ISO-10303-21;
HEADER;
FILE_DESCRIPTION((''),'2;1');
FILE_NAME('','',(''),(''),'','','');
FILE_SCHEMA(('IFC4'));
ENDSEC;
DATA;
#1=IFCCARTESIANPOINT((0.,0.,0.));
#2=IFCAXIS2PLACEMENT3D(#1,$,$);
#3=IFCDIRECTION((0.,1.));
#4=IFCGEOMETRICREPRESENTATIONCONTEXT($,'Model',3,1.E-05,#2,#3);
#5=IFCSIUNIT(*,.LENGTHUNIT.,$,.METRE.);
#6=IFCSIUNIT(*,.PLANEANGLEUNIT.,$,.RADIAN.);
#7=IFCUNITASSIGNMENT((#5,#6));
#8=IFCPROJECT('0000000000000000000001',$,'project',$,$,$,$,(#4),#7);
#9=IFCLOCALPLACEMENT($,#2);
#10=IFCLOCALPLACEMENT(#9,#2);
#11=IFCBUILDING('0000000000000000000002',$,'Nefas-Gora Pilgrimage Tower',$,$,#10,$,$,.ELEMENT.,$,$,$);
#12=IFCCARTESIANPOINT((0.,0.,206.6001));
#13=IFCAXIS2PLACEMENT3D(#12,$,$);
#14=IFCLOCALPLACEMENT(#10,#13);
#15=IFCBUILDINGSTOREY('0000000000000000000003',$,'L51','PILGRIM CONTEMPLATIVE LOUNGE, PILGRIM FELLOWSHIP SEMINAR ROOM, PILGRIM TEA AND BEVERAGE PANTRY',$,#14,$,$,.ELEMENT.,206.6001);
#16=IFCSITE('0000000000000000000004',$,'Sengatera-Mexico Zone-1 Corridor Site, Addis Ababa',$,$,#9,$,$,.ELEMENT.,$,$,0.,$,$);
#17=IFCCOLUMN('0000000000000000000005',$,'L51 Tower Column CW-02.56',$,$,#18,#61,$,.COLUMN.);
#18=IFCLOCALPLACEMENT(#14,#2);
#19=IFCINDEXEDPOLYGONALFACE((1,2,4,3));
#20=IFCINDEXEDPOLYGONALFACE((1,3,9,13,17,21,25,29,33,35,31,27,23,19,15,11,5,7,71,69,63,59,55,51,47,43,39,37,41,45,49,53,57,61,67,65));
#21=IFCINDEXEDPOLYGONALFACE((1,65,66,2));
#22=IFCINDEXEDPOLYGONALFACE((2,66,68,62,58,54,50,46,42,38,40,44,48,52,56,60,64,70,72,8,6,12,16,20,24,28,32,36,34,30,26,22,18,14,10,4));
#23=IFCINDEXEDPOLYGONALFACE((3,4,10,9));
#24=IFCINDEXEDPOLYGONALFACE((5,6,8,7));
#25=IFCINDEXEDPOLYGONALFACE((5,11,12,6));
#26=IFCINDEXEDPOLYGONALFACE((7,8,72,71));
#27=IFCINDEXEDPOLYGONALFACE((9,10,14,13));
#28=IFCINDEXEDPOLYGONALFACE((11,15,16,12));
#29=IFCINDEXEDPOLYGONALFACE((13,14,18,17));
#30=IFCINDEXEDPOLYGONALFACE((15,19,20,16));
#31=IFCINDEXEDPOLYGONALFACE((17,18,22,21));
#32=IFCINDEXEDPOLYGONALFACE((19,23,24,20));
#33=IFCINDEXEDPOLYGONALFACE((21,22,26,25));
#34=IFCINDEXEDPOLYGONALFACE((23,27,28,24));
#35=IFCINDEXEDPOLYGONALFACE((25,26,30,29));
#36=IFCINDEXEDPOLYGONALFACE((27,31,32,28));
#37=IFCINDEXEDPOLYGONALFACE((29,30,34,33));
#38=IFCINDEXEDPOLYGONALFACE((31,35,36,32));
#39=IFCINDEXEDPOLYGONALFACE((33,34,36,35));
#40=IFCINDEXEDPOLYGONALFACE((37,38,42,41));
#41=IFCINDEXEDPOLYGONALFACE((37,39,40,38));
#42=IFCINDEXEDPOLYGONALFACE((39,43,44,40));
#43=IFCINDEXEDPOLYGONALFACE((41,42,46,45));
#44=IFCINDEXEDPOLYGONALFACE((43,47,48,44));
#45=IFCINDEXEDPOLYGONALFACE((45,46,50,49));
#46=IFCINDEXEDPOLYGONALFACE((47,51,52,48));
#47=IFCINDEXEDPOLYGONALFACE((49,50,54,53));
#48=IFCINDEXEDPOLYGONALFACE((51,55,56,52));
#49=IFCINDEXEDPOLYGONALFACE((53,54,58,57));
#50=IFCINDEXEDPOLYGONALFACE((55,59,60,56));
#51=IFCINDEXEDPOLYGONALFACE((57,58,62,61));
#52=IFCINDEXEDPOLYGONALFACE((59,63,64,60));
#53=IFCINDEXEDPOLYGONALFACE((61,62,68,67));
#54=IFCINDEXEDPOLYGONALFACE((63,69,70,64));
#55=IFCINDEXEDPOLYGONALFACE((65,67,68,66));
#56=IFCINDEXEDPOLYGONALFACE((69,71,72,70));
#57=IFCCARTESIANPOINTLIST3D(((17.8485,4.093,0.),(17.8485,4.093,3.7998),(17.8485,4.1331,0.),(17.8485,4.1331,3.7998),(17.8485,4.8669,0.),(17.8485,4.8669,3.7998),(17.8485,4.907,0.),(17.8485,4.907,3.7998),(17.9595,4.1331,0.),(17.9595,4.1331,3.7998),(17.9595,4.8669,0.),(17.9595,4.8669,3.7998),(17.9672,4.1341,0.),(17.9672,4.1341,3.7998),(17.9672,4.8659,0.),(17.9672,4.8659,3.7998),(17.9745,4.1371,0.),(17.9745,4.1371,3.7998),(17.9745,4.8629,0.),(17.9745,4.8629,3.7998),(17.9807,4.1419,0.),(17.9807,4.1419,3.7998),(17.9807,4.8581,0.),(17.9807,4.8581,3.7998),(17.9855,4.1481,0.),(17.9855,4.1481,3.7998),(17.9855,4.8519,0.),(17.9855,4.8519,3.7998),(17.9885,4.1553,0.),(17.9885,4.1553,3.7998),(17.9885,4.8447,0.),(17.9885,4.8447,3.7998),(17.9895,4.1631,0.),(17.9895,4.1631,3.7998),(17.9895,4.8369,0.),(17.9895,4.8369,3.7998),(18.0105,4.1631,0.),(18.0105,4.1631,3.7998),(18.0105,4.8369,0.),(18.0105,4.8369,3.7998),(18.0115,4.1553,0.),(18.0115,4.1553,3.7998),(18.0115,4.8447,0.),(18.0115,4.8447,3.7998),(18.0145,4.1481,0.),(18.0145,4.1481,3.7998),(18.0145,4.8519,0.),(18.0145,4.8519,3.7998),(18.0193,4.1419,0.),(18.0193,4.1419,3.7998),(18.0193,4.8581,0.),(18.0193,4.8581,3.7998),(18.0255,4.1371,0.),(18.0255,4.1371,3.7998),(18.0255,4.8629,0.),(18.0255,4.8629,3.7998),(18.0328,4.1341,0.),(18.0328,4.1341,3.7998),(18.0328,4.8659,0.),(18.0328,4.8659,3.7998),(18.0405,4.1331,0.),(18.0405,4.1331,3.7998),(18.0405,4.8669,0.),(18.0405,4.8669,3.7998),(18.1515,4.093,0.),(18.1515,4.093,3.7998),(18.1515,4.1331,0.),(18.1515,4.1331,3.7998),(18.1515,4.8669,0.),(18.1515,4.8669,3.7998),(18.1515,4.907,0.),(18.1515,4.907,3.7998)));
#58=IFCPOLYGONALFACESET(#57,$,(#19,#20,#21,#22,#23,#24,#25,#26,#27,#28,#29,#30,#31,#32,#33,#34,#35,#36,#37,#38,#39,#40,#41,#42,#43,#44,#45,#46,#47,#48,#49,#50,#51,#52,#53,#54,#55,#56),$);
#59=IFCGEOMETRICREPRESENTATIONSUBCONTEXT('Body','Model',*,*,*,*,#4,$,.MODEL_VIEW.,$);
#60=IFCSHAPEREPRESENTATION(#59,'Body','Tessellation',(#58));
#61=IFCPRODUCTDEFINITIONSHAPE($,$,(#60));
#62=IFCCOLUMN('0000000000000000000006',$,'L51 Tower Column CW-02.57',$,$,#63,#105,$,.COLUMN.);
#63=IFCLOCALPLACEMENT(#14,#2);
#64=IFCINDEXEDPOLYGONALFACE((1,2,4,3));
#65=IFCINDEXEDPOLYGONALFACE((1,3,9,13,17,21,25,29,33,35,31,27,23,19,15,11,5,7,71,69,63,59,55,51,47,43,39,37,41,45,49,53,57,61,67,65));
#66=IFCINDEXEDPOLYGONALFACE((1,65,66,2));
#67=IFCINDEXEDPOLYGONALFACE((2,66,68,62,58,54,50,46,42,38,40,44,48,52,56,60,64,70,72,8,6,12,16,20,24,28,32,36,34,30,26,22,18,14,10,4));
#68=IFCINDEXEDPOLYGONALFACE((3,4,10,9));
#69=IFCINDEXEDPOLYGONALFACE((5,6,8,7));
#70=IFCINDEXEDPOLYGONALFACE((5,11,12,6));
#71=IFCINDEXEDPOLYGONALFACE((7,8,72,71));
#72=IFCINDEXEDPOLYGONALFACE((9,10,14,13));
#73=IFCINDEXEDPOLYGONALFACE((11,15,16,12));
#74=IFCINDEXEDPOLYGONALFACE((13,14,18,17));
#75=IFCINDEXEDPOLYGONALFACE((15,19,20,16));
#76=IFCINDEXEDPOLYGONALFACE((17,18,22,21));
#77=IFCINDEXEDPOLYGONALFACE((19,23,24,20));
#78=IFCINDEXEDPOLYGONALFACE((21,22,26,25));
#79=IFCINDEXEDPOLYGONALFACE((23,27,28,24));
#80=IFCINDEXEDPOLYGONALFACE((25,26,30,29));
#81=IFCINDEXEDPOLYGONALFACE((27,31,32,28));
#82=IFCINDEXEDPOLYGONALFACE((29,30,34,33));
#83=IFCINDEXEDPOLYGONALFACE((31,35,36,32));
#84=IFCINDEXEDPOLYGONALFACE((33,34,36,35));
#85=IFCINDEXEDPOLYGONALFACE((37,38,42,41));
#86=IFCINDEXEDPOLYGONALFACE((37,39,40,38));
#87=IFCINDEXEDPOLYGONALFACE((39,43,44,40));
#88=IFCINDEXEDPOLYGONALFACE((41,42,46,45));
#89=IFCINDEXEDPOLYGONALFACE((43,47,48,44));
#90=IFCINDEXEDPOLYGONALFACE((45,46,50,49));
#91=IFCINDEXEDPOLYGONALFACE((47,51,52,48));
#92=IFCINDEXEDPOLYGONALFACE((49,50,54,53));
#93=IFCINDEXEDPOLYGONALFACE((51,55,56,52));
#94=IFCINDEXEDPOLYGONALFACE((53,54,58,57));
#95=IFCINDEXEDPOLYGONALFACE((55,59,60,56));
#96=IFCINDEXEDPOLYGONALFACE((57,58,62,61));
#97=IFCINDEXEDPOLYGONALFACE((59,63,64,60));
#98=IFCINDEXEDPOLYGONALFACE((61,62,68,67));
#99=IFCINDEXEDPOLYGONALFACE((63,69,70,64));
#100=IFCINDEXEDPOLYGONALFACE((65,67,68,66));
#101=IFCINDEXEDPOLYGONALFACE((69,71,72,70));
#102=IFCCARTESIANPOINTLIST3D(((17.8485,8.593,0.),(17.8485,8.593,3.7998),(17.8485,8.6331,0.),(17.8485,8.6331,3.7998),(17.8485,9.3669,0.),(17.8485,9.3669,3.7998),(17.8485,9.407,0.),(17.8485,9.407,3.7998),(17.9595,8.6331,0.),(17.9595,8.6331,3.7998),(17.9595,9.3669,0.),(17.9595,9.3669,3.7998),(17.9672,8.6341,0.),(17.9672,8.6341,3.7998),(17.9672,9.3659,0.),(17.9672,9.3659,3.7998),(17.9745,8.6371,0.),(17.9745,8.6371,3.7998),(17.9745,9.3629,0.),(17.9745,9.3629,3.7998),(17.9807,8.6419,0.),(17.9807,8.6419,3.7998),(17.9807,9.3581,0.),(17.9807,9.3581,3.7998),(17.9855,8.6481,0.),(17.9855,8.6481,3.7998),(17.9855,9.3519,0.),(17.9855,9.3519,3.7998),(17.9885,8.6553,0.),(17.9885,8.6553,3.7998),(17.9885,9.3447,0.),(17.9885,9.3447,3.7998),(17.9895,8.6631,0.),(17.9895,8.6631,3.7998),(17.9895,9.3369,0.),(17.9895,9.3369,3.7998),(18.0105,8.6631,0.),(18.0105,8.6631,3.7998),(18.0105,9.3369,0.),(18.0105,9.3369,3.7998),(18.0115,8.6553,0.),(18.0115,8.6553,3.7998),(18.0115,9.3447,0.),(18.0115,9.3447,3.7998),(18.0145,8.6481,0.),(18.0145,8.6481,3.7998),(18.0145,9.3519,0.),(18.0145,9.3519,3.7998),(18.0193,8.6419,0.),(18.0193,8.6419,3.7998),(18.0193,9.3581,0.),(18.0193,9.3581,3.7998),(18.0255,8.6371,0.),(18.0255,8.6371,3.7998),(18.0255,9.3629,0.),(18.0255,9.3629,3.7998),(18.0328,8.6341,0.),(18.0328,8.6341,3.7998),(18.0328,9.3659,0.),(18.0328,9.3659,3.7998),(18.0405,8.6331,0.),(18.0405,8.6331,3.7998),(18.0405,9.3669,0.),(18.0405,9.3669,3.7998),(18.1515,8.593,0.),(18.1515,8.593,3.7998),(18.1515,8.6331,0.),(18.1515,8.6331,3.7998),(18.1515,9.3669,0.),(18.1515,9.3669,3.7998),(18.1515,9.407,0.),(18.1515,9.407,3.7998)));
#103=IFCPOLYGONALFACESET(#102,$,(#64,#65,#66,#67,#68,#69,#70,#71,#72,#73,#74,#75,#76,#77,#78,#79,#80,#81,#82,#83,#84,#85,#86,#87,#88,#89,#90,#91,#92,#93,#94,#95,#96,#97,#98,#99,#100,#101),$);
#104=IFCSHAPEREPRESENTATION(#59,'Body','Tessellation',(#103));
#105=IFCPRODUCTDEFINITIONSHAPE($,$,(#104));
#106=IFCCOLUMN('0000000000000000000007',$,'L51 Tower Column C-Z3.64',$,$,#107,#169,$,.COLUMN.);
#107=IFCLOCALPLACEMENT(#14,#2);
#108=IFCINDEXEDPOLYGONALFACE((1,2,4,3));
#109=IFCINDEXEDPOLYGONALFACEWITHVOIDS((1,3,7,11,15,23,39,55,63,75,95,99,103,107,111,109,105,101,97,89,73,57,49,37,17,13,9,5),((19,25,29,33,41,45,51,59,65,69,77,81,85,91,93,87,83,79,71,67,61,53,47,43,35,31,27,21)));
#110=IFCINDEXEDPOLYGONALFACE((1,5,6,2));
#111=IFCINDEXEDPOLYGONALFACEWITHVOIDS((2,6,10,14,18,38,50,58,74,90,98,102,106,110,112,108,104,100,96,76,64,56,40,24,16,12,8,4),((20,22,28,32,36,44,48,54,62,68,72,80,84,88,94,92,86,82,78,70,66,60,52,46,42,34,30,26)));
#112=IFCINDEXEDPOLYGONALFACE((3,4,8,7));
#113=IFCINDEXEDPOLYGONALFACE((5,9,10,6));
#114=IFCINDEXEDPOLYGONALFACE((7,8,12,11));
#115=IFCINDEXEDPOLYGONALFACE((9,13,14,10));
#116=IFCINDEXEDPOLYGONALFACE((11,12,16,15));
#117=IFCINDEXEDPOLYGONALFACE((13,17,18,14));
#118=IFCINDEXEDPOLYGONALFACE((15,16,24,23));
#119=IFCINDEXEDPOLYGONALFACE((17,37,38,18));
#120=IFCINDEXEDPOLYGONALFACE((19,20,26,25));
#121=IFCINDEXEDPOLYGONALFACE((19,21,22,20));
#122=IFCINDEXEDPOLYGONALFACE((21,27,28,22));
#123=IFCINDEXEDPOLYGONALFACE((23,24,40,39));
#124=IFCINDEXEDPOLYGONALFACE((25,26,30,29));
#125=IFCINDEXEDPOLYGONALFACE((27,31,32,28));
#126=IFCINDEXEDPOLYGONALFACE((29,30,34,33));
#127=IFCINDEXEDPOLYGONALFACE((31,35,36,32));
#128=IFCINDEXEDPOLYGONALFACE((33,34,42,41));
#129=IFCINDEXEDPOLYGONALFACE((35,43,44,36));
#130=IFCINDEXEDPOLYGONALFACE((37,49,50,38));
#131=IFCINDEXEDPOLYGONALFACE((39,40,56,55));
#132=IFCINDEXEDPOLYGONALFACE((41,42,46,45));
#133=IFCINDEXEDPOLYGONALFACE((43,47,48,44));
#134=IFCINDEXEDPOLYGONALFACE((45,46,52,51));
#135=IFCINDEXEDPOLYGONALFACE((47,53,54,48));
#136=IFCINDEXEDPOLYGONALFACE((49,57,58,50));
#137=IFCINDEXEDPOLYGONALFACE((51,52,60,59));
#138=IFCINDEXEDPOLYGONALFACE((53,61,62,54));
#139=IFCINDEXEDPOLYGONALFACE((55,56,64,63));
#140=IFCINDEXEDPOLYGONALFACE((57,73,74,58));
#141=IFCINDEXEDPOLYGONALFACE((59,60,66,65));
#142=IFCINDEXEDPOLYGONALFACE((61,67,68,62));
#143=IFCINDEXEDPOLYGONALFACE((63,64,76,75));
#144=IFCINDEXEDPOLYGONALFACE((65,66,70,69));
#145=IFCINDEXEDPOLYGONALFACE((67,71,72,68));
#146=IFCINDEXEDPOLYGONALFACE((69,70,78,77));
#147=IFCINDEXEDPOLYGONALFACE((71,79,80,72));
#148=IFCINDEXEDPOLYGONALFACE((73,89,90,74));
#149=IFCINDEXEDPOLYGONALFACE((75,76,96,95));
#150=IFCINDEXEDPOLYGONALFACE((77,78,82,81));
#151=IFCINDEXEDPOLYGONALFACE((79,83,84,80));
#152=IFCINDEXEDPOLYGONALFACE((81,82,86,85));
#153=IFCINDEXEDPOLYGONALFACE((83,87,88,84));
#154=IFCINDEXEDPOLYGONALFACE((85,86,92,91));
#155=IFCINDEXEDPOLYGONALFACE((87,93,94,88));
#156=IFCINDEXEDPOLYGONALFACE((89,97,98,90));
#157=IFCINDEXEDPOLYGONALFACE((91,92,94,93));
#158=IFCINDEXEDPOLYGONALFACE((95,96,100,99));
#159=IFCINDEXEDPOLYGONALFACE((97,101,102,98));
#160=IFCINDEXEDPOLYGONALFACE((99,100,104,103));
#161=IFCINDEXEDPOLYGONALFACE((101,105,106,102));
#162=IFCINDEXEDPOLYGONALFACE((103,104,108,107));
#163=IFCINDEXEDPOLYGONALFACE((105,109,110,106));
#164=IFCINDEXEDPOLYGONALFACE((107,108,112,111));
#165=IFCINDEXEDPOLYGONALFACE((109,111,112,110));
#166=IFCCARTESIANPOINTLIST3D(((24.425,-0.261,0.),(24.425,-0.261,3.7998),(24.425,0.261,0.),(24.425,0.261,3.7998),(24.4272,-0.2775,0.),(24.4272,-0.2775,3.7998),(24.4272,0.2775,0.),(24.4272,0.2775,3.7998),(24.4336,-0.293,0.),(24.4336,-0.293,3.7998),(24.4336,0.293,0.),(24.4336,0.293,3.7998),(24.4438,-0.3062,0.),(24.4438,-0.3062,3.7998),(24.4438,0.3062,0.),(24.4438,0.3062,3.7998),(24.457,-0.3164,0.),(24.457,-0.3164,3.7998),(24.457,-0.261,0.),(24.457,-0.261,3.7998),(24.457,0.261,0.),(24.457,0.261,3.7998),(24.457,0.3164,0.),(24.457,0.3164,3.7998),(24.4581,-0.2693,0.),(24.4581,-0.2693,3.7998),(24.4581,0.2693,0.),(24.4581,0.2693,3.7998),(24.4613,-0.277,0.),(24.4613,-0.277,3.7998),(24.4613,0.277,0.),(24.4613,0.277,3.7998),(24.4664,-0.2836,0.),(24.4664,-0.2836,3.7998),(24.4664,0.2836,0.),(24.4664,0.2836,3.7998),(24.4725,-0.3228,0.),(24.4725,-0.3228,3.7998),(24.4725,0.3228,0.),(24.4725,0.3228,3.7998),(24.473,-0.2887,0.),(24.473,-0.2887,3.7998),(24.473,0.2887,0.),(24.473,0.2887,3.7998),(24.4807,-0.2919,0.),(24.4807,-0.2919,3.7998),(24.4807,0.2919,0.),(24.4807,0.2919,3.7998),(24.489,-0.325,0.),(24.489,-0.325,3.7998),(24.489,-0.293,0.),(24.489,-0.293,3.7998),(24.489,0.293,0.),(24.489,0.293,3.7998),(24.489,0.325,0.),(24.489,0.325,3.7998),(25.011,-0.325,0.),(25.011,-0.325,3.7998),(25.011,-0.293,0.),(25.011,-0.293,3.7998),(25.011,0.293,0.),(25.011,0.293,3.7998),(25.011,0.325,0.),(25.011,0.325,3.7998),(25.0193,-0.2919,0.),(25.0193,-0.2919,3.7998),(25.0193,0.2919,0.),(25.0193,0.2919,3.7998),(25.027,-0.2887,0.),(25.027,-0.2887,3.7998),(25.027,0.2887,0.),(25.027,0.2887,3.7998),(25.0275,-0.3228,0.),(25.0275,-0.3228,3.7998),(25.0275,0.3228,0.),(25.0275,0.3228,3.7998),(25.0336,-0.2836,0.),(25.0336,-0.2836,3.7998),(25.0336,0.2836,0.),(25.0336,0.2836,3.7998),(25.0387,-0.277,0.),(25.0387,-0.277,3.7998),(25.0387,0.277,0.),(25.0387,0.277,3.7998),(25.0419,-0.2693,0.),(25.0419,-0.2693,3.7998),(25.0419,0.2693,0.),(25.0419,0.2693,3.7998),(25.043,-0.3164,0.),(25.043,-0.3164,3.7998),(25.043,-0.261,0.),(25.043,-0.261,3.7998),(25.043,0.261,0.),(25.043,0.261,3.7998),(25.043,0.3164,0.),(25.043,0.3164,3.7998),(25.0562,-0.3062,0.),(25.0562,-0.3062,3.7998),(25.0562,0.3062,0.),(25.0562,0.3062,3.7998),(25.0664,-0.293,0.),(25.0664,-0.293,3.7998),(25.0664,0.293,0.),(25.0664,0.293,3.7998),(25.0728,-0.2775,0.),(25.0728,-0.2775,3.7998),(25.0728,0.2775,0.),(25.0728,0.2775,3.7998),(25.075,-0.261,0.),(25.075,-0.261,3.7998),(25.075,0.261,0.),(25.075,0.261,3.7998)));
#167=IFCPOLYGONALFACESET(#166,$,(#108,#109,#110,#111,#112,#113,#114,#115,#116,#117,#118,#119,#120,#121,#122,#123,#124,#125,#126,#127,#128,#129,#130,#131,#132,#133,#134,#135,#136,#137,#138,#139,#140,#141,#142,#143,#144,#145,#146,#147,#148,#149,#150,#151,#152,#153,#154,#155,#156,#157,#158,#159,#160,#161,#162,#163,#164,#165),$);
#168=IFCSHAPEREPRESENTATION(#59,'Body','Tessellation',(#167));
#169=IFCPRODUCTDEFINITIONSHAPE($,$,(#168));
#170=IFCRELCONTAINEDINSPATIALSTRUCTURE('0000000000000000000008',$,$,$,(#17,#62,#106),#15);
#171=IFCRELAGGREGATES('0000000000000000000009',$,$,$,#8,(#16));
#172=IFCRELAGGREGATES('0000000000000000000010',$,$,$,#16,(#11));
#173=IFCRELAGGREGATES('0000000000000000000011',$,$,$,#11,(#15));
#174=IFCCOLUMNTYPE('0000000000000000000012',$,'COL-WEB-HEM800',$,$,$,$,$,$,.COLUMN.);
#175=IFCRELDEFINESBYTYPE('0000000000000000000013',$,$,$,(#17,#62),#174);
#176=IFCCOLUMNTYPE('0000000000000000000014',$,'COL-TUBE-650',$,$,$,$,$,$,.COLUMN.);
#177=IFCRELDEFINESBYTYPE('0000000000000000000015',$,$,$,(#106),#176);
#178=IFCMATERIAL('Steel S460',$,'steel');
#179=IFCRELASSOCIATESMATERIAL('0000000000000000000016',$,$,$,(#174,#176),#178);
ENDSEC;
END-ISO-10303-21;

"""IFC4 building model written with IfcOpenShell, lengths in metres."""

from ifc_helpers import new_model, si_unit, direction, frame, origin, origin_2d, place, context, subcontext, project, spatial, hollow_rectangle, i_section, extrude, source, transform, mapped, material, material_profile, profile_set, type_object, element, save


model = new_model("IFC4")

# Units and contexts
model_context = context("Model", 3, precision=1e-05, world=origin(), true_north=direction((0.0, 1.0)))
body_context = subcontext(model_context, "Body", "Model", "MODEL_VIEW")
ifc_project = project(units=[si_unit("LENGTHUNIT", "METRE"), si_unit("PLANEANGLEUNIT", "RADIAN")], contexts=[model_context])

# Site, building, storey
site_placement = place(None, origin())
site = spatial("IfcSite", under=ifc_project, at=site_placement, Name="Sengatera-Mexico Zone-1 Corridor Site, Addis Ababa", CompositionType="ELEMENT", RefElevation=0.0)
building_placement = place(site_placement, origin())
building = spatial("IfcBuilding", under=site, at=building_placement, Name="Nefas-Gora Pilgrimage Tower", CompositionType="ELEMENT")
storey_placement = place(building_placement, frame((0.0, 0.0, 206.6001)))
storey = spatial("IfcBuildingStorey", under=building, at=storey_placement, Name="L51", Description="PILGRIM CONTEMPLATIVE LOUNGE, PILGRIM FELLOWSHIP SEMINAR ROOM, PILGRIM TEA AND BEVERAGE PANTRY", CompositionType="ELEMENT", Elevation=206.6001)

# Columns
ifc_material_1 = material(Name="Steel S460", Category="steel")
ifc_material_profile_1 = material_profile(ifc_material_1, i_section(OverallWidth=0.303, OverallDepth=0.814, WebThickness=0.021, FlangeThickness=0.04, FilletRadius=0.03, at=origin_2d()), Name="HEM 800")
ifc_profile_set_1 = profile_set([ifc_material_profile_1], Name="Steel S460")
column_type_1 = type_object("IfcColumnType", Name="COL-WEB-HEM800", PredefinedType="COLUMN", material=ifc_profile_set_1)
shared_shape_1 = source(origin(), body_context, "Body", "SweptSolid", [
    extrude(i_section(OverallWidth=0.303, OverallDepth=0.814, WebThickness=0.021, FlangeThickness=0.04, FilletRadius=0.03, at=origin_2d()), origin(), (0.0, 0.0, 1.0), 3.7998),
])
for number, where, z_axis, x_axis, name in (
    (1, (18.0, 4.5, 0.0), (0.0, 0.0, 1.0), (1.0, 0.0, 0.0), "L51 Tower Column CW-02.56"),
    (2, (18.0, 9.0, 0.0), (0.0, 0.0, 1.0), (1.0, 0.0, 0.0), "L51 Tower Column CW-02.57"),
):
    element("IfcColumn", number, at=place(storey_placement, frame(where, z_axis=z_axis, x_axis=x_axis)), inside=storey, type_object=column_type_1, Name=name, PredefinedType="COLUMN", context=body_context, shape_type="MappedRepresentation", body=[
        mapped(shared_shape_1, transform((0.0, 0.0, 0.0), x_axis=(1.0, 0.0, 0.0), y_axis=(0.0, 1.0, 0.0), z_axis=(0.0, 0.0, 1.0), scale=1.0)),
    ])
ifc_material_profile_2 = material_profile(ifc_material_1, hollow_rectangle(XDim=0.6499, YDim=0.6499, WallThickness=0.032, InnerFilletRadius=0.032, OuterFilletRadius=0.064, at=origin_2d()), Name="BOX 650x650x32")
ifc_profile_set_2 = profile_set([ifc_material_profile_2], Name="Steel S460")
column_type_2 = type_object("IfcColumnType", Name="COL-TUBE-650", PredefinedType="COLUMN", material=ifc_profile_set_2)
shared_shape_2 = source(origin(), body_context, "Body", "SweptSolid", [
    extrude(hollow_rectangle(XDim=0.6499, YDim=0.6499, WallThickness=0.032, InnerFilletRadius=0.032, OuterFilletRadius=0.064, at=origin_2d()), origin(), (0.0, 0.0, 1.0), 3.7998),
])
for number, where, z_axis, x_axis, name in (
    (3, (24.75, 0.0, 0.0), (0.0, 0.0, 1.0), (1.0, 0.0, 0.0), "L51 Tower Column C-Z3.64"),
):
    element("IfcColumn", number, at=place(storey_placement, frame(where, z_axis=z_axis, x_axis=x_axis)), inside=storey, type_object=column_type_2, Name=name, PredefinedType="COLUMN", context=body_context, shape_type="MappedRepresentation", body=[
        mapped(shared_shape_2, transform((0.0, 0.0, 0.0), x_axis=(1.0, 0.0, 0.0), y_axis=(0.0, 1.0, 0.0), z_axis=(0.0, 0.0, 1.0), scale=1.0)),
    ])

save(model, "model.ifc")
